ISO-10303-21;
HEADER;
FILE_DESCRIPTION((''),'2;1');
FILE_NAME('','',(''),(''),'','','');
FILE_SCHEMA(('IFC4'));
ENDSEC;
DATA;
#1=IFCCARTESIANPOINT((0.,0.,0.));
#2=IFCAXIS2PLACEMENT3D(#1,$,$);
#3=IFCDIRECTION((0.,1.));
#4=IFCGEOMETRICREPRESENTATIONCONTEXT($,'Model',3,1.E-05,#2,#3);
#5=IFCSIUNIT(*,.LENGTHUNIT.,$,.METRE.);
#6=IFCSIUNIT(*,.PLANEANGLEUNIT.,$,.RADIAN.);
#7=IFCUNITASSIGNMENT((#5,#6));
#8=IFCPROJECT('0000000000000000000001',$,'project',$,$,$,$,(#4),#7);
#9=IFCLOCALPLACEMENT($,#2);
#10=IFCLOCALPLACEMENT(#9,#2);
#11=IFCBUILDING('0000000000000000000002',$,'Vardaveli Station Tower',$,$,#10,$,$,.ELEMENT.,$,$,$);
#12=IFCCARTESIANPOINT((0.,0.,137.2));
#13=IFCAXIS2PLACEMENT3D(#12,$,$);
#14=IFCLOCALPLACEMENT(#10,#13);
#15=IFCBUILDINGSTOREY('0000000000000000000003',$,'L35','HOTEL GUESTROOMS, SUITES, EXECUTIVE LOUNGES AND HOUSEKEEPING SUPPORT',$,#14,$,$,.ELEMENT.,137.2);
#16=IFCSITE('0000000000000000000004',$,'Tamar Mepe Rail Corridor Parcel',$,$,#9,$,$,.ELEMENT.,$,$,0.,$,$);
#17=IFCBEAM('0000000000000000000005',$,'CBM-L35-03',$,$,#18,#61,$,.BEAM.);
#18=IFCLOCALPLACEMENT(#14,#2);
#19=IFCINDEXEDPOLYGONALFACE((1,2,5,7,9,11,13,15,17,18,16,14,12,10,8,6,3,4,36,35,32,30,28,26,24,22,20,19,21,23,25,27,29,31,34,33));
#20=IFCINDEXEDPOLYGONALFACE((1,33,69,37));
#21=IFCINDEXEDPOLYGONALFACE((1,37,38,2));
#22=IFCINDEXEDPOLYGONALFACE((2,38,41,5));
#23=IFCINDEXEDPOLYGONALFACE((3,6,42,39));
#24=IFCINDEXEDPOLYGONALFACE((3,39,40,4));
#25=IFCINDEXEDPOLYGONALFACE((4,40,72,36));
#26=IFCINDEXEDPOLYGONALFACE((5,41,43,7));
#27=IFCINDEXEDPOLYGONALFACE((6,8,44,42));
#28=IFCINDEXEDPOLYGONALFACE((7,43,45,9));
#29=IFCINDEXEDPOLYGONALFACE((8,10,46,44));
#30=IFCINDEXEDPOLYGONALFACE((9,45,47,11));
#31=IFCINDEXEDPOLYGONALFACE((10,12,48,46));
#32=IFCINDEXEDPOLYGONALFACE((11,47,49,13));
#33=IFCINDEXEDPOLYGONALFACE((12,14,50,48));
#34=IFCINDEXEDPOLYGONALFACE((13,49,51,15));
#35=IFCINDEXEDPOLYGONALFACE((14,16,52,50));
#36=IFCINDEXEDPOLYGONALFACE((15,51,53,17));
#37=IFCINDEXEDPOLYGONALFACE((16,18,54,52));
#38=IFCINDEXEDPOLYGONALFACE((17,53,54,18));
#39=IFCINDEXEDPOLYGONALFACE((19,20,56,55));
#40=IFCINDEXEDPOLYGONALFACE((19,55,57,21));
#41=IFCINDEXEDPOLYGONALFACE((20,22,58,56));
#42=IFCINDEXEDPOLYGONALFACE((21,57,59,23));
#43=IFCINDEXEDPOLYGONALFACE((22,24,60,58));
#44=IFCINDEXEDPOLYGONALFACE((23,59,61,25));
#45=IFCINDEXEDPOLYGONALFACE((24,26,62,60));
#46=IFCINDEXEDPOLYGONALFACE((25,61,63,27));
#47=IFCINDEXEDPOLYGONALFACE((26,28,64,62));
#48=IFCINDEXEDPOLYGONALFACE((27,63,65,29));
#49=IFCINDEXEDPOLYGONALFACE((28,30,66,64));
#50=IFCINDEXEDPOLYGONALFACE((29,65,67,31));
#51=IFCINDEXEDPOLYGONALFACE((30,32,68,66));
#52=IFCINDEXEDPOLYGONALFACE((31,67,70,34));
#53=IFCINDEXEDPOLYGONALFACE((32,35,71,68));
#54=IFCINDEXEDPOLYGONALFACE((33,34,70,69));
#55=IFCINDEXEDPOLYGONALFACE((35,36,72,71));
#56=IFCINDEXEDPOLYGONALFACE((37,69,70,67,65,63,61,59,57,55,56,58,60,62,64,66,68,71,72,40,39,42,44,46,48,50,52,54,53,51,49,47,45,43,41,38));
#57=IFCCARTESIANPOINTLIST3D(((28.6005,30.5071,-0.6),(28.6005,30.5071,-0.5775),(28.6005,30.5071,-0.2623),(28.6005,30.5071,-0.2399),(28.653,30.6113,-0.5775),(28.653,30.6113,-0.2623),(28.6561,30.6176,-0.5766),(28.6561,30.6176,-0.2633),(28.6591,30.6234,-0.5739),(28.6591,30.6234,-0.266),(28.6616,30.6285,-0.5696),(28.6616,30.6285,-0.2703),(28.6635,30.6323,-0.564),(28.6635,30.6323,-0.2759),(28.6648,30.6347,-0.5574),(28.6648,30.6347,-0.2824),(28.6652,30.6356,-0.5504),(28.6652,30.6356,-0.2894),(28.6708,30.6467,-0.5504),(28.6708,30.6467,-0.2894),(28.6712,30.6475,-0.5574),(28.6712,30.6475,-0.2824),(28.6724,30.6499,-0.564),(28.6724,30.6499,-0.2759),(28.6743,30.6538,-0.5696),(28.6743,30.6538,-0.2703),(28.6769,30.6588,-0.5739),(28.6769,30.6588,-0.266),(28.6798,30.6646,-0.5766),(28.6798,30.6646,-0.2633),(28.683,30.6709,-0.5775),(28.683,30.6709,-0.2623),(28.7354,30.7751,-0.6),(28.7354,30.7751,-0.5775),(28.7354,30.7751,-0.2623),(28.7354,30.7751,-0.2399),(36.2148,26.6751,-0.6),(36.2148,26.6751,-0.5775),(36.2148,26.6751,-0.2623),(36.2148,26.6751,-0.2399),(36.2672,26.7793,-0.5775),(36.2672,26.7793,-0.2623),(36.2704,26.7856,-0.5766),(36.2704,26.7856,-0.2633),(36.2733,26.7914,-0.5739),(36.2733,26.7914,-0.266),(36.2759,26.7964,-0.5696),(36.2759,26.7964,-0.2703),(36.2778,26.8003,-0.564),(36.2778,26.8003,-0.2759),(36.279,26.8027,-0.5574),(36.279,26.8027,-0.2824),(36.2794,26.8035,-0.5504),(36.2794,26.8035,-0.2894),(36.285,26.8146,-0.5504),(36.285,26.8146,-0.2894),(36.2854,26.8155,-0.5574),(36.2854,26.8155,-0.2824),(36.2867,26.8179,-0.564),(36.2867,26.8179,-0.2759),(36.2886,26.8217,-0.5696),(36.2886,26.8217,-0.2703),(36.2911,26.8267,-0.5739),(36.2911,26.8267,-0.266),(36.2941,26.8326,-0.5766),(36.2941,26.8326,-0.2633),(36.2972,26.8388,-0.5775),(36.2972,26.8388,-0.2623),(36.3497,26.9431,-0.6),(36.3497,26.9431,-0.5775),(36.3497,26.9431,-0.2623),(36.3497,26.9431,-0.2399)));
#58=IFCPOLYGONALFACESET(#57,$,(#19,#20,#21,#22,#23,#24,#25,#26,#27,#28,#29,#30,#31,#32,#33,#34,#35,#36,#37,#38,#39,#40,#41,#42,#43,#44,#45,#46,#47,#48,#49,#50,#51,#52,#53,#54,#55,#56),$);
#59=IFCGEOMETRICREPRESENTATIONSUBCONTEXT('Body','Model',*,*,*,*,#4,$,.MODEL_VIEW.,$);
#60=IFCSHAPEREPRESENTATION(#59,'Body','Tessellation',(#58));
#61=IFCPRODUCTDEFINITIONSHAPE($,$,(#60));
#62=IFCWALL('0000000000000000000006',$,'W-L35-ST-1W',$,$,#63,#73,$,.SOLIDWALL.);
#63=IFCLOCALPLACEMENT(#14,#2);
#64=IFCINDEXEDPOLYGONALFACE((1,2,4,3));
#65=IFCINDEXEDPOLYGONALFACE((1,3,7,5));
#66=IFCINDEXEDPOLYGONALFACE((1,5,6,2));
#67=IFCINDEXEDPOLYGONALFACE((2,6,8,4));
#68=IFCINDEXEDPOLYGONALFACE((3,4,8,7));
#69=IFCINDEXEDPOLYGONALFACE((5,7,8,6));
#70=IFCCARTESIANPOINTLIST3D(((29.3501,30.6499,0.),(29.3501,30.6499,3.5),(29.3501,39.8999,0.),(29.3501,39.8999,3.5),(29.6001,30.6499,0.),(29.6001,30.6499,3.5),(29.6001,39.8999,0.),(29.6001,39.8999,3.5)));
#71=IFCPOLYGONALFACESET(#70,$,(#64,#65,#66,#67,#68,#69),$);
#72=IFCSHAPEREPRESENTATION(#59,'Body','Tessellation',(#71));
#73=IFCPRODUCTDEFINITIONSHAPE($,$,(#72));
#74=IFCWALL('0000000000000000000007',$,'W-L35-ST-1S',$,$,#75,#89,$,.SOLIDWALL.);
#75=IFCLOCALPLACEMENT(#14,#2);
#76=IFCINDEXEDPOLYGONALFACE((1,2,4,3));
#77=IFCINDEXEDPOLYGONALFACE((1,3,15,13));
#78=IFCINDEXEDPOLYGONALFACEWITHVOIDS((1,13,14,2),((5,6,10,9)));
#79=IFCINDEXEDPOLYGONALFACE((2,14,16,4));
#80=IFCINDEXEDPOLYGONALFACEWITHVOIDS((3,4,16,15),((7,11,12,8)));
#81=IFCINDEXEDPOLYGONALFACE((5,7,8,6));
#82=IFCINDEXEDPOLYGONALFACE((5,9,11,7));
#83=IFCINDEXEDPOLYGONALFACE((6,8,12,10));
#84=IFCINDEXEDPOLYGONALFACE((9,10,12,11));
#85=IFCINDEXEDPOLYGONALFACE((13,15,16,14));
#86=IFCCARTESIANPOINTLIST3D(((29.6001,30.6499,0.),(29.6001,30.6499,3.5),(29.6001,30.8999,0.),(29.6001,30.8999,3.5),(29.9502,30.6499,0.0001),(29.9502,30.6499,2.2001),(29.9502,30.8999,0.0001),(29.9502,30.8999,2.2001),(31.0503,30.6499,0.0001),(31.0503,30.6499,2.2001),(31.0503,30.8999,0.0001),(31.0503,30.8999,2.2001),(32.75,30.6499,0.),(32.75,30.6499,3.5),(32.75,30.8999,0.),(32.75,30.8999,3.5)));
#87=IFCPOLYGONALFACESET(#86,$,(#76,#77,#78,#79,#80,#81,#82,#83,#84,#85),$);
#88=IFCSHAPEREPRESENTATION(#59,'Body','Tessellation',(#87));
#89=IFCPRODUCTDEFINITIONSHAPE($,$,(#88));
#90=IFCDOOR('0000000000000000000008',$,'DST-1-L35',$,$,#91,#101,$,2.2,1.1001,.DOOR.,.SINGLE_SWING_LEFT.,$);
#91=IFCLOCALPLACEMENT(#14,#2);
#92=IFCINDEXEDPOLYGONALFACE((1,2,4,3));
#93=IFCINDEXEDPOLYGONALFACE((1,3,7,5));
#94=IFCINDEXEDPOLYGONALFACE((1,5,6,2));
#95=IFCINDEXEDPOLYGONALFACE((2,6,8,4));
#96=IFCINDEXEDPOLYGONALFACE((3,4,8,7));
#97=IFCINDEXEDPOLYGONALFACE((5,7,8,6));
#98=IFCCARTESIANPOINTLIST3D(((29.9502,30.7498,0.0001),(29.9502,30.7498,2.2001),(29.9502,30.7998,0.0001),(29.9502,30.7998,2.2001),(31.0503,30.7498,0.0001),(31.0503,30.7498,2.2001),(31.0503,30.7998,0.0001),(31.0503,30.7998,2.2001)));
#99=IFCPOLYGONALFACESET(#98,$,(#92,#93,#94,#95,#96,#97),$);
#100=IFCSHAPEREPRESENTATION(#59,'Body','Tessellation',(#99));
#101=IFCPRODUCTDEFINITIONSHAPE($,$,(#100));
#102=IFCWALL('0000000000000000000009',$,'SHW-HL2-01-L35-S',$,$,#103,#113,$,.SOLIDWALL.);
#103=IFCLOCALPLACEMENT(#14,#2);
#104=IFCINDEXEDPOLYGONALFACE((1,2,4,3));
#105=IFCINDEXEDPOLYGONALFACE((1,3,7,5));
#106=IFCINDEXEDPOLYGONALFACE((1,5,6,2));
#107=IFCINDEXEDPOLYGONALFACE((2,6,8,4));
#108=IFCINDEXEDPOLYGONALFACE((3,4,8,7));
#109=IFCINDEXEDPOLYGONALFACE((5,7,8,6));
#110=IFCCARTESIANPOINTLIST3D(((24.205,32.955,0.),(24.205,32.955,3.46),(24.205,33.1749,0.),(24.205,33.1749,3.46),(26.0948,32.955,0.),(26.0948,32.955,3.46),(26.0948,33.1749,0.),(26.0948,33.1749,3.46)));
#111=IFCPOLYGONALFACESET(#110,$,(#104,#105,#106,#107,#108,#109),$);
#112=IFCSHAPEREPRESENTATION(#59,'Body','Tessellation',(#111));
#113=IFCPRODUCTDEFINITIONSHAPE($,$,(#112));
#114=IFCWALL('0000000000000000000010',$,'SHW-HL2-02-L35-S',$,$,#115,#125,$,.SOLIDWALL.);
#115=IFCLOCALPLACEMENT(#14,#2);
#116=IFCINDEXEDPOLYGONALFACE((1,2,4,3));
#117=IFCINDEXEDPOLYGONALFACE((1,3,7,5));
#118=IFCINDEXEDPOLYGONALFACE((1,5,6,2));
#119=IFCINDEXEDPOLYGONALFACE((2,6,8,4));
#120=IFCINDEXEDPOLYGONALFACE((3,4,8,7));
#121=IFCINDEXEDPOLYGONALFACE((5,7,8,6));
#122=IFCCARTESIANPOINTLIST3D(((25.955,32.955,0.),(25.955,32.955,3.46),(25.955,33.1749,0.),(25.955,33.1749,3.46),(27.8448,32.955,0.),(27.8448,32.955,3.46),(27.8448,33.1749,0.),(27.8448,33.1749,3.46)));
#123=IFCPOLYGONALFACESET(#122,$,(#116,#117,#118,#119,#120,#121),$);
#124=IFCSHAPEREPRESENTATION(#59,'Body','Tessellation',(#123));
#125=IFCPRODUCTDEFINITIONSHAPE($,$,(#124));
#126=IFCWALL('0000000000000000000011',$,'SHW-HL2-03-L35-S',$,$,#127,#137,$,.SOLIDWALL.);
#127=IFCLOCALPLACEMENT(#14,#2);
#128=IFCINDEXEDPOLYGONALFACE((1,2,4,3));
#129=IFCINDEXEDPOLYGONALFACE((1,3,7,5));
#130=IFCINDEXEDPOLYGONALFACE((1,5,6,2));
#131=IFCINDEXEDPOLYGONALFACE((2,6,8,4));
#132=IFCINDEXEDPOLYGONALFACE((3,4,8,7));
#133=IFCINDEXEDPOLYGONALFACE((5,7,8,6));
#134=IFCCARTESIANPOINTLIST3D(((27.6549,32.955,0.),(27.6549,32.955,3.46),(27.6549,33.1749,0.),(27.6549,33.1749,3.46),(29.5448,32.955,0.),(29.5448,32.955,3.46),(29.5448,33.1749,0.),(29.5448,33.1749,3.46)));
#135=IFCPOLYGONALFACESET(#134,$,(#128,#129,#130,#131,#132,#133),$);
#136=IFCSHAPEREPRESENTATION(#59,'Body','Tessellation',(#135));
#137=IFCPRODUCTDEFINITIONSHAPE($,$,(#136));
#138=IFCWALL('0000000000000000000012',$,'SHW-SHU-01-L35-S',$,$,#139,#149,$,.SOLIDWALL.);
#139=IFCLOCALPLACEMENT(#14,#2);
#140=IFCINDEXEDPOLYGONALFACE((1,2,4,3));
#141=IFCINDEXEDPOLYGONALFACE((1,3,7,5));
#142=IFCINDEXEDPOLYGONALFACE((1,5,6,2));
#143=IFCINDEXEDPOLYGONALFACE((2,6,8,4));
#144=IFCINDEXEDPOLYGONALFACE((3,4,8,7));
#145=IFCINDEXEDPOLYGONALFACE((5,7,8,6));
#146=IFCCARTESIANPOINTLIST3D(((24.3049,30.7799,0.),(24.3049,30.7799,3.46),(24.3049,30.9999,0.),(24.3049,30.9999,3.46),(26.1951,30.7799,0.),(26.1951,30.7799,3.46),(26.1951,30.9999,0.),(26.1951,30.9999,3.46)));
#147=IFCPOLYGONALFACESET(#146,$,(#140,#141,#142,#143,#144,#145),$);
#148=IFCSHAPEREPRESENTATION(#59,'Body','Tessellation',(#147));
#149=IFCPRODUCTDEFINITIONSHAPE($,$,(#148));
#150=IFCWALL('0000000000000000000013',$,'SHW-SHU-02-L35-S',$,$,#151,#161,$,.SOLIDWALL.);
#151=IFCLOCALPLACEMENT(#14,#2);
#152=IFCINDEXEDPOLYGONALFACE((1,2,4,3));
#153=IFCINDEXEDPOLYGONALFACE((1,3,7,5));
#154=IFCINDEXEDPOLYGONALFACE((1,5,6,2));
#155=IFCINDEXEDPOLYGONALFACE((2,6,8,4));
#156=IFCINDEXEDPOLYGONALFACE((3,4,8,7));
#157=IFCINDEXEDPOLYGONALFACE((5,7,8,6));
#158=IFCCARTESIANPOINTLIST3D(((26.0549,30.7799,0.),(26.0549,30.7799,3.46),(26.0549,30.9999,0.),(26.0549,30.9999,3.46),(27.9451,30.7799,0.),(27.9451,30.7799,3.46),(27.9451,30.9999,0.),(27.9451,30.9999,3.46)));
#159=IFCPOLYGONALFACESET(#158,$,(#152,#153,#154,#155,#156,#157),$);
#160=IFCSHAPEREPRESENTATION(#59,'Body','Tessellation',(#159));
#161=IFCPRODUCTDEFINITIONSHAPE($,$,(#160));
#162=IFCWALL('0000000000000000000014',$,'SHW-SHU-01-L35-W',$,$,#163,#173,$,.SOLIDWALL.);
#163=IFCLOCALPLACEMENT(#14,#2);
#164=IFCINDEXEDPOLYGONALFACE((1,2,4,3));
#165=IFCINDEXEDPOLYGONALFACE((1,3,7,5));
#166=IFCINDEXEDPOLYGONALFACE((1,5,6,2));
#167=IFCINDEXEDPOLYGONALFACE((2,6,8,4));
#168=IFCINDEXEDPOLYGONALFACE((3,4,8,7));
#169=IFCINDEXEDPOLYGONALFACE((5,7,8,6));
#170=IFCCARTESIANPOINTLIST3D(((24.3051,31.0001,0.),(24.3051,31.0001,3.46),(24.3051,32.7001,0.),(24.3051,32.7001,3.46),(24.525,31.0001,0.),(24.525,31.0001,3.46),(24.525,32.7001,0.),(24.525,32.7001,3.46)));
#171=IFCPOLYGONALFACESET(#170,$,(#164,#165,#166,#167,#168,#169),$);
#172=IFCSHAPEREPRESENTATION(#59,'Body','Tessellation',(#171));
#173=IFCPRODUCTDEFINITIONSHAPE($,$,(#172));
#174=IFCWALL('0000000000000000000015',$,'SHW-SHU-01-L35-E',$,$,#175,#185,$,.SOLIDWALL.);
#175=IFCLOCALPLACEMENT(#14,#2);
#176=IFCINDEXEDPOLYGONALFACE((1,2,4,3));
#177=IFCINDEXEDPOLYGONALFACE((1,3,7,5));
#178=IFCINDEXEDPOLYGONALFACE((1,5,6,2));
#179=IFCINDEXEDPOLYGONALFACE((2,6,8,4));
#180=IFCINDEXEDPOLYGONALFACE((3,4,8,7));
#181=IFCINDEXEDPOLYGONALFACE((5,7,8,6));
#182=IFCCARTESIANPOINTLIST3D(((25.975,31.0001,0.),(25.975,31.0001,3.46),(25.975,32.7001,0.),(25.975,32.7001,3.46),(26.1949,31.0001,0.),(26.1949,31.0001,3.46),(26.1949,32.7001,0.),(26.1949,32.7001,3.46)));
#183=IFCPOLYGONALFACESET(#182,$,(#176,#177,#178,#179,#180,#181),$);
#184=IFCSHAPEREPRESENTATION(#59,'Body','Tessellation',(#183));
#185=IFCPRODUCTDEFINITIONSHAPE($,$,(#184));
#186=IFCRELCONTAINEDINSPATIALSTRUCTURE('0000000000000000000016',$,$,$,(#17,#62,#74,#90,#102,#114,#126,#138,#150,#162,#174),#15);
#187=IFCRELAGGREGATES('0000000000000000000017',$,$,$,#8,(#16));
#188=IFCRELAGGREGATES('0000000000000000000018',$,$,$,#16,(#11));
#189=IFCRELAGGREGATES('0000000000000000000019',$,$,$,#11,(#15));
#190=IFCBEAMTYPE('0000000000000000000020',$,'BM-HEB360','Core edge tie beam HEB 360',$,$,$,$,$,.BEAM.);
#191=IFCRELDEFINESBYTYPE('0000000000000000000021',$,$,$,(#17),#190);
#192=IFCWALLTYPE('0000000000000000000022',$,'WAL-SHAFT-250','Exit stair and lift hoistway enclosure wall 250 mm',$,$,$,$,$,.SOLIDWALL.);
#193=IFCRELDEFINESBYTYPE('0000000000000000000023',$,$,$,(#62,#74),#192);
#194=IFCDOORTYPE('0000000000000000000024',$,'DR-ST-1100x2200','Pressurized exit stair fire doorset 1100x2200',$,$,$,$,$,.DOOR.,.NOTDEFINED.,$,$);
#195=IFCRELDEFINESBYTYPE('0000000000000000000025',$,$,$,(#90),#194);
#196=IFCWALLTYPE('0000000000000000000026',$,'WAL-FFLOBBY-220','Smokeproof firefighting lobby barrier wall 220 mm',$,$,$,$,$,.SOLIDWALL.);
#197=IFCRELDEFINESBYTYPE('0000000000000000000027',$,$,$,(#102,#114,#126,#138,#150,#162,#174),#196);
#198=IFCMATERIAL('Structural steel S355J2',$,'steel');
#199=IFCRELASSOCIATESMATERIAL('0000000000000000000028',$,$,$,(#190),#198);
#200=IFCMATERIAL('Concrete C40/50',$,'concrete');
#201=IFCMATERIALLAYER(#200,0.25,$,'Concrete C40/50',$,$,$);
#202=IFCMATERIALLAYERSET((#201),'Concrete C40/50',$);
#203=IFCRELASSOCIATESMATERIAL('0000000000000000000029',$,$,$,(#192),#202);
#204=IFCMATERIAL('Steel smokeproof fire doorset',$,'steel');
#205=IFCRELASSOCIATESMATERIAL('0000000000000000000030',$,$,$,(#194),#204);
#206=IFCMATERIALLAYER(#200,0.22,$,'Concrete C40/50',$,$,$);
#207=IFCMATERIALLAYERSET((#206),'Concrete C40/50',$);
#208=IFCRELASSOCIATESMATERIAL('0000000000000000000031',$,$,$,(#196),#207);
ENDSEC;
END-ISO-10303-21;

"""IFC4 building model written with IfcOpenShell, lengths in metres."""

from ifc_helpers import new_model, si_unit, direction, frame, frame_2d, origin, origin_2d, place, context, subcontext, project, spatial, rectangle, i_section, extrude, source, transform, mapped, material, layer, layer_set, material_profile, profile_set, type_object, element, fill, save


model = new_model("IFC4")

# Units and contexts
model_context = context("Model", 3, precision=1e-05, world=origin(), true_north=direction((0.0, 1.0)))
body_context = subcontext(model_context, "Body", "Model", "MODEL_VIEW")
ifc_project = project(units=[si_unit("LENGTHUNIT", "METRE"), si_unit("PLANEANGLEUNIT", "RADIAN")], contexts=[model_context])

# Site, building, storey
site_placement = place(None, origin())
site = spatial("IfcSite", under=ifc_project, at=site_placement, Name="Tamar Mepe Rail Corridor Parcel", CompositionType="ELEMENT", RefElevation=0.0)
building_placement = place(site_placement, origin())
building = spatial("IfcBuilding", under=site, at=building_placement, Name="Vardaveli Station Tower", CompositionType="ELEMENT")
storey_placement = place(building_placement, frame((0.0, 0.0, 137.2)))
storey = spatial("IfcBuildingStorey", under=building, at=storey_placement, Name="L35", Description="HOTEL GUESTROOMS, SUITES, EXECUTIVE LOUNGES AND HOUSEKEEPING SUPPORT", CompositionType="ELEMENT", Elevation=137.2)

# Beam
ifc_material_1 = material(Name="Structural steel S355J2", Category="steel")
ifc_material_profile_1 = material_profile(ifc_material_1, i_section(OverallWidth=0.3, OverallDepth=0.3601, WebThickness=0.0125, FlangeThickness=0.0225, FilletRadius=0.0271, at=origin_2d()), Name="HEB 360")
ifc_profile_set_1 = profile_set([ifc_material_profile_1], Name="Structural steel S355J2")
beam_type_1 = type_object("IfcBeamType", Name="BM-HEB360", Description="Core edge tie beam HEB 360", PredefinedType="BEAM", material=ifc_profile_set_1)
shared_shape_1 = source(origin(), body_context, "Body", "SweptSolid", [
    extrude(i_section(OverallWidth=0.3, OverallDepth=0.3601, WebThickness=0.0125, FlangeThickness=0.0225, FilletRadius=0.0271, at=origin_2d()), origin(), (0.0, 0.0, 1.0), 8.5242),
])
beam_1_placement = place(storey_placement, frame((28.668, 30.6411, -0.4199), z_axis=(0.893256, -0.449549, 0.0), x_axis=(0.449549, 0.893256, 0.0)))
element("IfcBeam", 1, at=beam_1_placement, inside=storey, type_object=beam_type_1, Name="CBM-L35-03", PredefinedType="BEAM", context=body_context, shape_type="MappedRepresentation", body=[
    mapped(shared_shape_1, transform((0.0, 0.0, 0.0), scale=1.0)),
])

# Wall
ifc_material_2 = material(Name="Concrete C40/50", Category="concrete")
ifc_layer_1 = layer(ifc_material_2, 0.25, Name="Concrete C40/50")
ifc_layer_set_1 = layer_set([ifc_layer_1], Name="Concrete C40/50")
wall_type_1 = type_object("IfcWallType", Name="WAL-SHAFT-250", Description="Exit stair and lift hoistway enclosure wall 250 mm", PredefinedType="SOLIDWALL", material=ifc_layer_set_1)
shared_shape_2 = source(origin(), body_context, "Body", "SweptSolid", [
    extrude(rectangle(XDim=9.25, YDim=0.25, at=frame_2d((4.625, 0.0))), origin(), (0.0, 0.0, 1.0), 3.5),
])
wall_1_placement = place(storey_placement, frame((29.4751, 30.6499, 0.0), z_axis=(0.0, 0.0, 1.0), x_axis=(0.0, 1.0, 0.0)))
element("IfcWall", 2, at=wall_1_placement, inside=storey, type_object=wall_type_1, Name="W-L35-ST-1W", PredefinedType="SOLIDWALL", context=body_context, shape_type="MappedRepresentation", body=[
    mapped(shared_shape_2, transform((0.0, 0.0, 0.0), scale=1.0)),
])

# Wall, opening, door
shared_shape_3 = source(origin(), body_context, "Body", "SweptSolid", [
    extrude(rectangle(XDim=3.1499, YDim=0.25, at=frame_2d((1.575, 0.0))), origin(), (0.0, 0.0, 1.0), 3.5),
])
wall_2_placement = place(storey_placement, frame((29.6001, 30.7749, 0.0), z_axis=(0.0, 0.0, 1.0), x_axis=(1.0, 0.0, 0.0)))
wall_2 = element("IfcWall", 3, at=wall_2_placement, inside=storey, type_object=wall_type_1, Name="W-L35-ST-1S", PredefinedType="SOLIDWALL", context=body_context, shape_type="MappedRepresentation", body=[
    mapped(shared_shape_3, transform((0.0, 0.0, 0.0), scale=1.0)),
])
shared_shape_4 = source(origin(), body_context, "Body", "SweptSolid", [
    extrude(rectangle(XDim=1.1001, YDim=2.2, at=frame_2d((0.55, 1.1001))), frame((0.0, 0.135, 0.0), z_axis=(0.0, -1.0, 0.0), x_axis=(1.0, 0.0, 0.0)), (0.0, 0.0, 1.0), 0.27),
])
opening_1_placement = place(wall_2_placement, frame((0.3501, 0.0, 0.0)))
opening_1 = element("IfcOpeningElement", 4, at=opening_1_placement, cuts=wall_2, PredefinedType="OPENING", context=body_context, shape_type="MappedRepresentation", body=[
    mapped(shared_shape_4, transform((0.0, 0.0, 0.0), scale=1.0)),
])
ifc_material_3 = material(Name="Steel smokeproof fire doorset", Category="steel")
door_type_1 = type_object("IfcDoorType", Name="DR-ST-1100x2200", Description="Pressurized exit stair fire doorset 1100x2200", OperationType="NOTDEFINED", PredefinedType="DOOR", material=ifc_material_3)
shared_shape_5 = source(origin(), body_context, "Body", "SweptSolid", [
    extrude(rectangle(XDim=1.1001, YDim=2.2, at=frame_2d((0.55, 1.1001))), frame((0.0, 0.0249, 0.0), z_axis=(0.0, -1.0, 0.0), x_axis=(1.0, 0.0, 0.0)), (0.0, 0.0, 1.0), 0.05),
])
door_1_placement = place(opening_1_placement, origin())
door_1 = element("IfcDoor", 5, at=door_1_placement, inside=storey, type_object=door_type_1, Name="DST-1-L35", OperationType="SINGLE_SWING_LEFT", OverallHeight=2.2, OverallWidth=1.1001, PredefinedType="DOOR", context=body_context, shape_type="MappedRepresentation", body=[
    mapped(shared_shape_5, transform((0.0, 0.0, 0.0), scale=1.0)),
])
fill(opening_1, door_1)

# Walls
ifc_layer_2 = layer(ifc_material_2, 0.22, Name="Concrete C40/50")
ifc_layer_set_2 = layer_set([ifc_layer_2], Name="Concrete C40/50")
wall_type_2 = type_object("IfcWallType", Name="WAL-FFLOBBY-220", Description="Smokeproof firefighting lobby barrier wall 220 mm", PredefinedType="SOLIDWALL", material=ifc_layer_set_2)
shared_shape_6 = source(origin(), body_context, "Body", "SweptSolid", [
    extrude(rectangle(XDim=1.8899, YDim=0.22, at=frame_2d((0.9448, 0.0))), origin(), (0.0, 0.0, 1.0), 3.46),
])
for number, where, z_axis, x_axis, name in (
    (6, (24.2051, 33.0649, 0.0), (0.0, 0.0, 1.0), (1.0, 0.0, 0.0), "SHW-HL2-01-L35-S"),
    (7, (25.9551, 33.0649, 0.0), (0.0, 0.0, 1.0), (1.0, 0.0, 0.0), "SHW-HL2-02-L35-S"),
    (8, (27.655, 33.0649, 0.0), (0.0, 0.0, 1.0), (1.0, 0.0, 0.0), "SHW-HL2-03-L35-S"),
):
    element("IfcWall", number, at=place(storey_placement, frame(where, z_axis=z_axis, x_axis=x_axis)), inside=storey, type_object=wall_type_2, Name=name, PredefinedType="SOLIDWALL", context=body_context, shape_type="MappedRepresentation", body=[
        mapped(shared_shape_6, transform((0.0, 0.0, 0.0), scale=1.0)),
    ])
shared_shape_7 = source(origin(), body_context, "Body", "SweptSolid", [
    extrude(rectangle(XDim=1.8901, YDim=0.22, at=frame_2d((0.9451, 0.0))), origin(), (0.0, 0.0, 1.0), 3.46),
])
for number, where, z_axis, x_axis, name in (
    (9, (24.3049, 30.8899, 0.0), (0.0, 0.0, 1.0), (1.0, 0.0, 0.0), "SHW-SHU-01-L35-S"),
    (10, (26.0549, 30.8899, 0.0), (0.0, 0.0, 1.0), (1.0, 0.0, 0.0), "SHW-SHU-02-L35-S"),
):
    element("IfcWall", number, at=place(storey_placement, frame(where, z_axis=z_axis, x_axis=x_axis)), inside=storey, type_object=wall_type_2, Name=name, PredefinedType="SOLIDWALL", context=body_context, shape_type="MappedRepresentation", body=[
        mapped(shared_shape_7, transform((0.0, 0.0, 0.0), scale=1.0)),
    ])
shared_shape_8 = source(origin(), body_context, "Body", "SweptSolid", [
    extrude(rectangle(XDim=1.7, YDim=0.22, at=frame_2d((0.8501, 0.0))), origin(), (0.0, 0.0, 1.0), 3.46),
])
for number, where, z_axis, x_axis, name in (
    (11, (24.415, 31.0, 0.0), (0.0, 0.0, 1.0), (0.0, 1.0, 0.0), "SHW-SHU-01-L35-W"),
    (12, (26.085, 31.0, 0.0), (0.0, 0.0, 1.0), (0.0, 1.0, 0.0), "SHW-SHU-01-L35-E"),
):
    element("IfcWall", number, at=place(storey_placement, frame(where, z_axis=z_axis, x_axis=x_axis)), inside=storey, type_object=wall_type_2, Name=name, PredefinedType="SOLIDWALL", context=body_context, shape_type="MappedRepresentation", body=[
        mapped(shared_shape_8, transform((0.0, 0.0, 0.0), scale=1.0)),
    ])

save(model, "model.ifc")
